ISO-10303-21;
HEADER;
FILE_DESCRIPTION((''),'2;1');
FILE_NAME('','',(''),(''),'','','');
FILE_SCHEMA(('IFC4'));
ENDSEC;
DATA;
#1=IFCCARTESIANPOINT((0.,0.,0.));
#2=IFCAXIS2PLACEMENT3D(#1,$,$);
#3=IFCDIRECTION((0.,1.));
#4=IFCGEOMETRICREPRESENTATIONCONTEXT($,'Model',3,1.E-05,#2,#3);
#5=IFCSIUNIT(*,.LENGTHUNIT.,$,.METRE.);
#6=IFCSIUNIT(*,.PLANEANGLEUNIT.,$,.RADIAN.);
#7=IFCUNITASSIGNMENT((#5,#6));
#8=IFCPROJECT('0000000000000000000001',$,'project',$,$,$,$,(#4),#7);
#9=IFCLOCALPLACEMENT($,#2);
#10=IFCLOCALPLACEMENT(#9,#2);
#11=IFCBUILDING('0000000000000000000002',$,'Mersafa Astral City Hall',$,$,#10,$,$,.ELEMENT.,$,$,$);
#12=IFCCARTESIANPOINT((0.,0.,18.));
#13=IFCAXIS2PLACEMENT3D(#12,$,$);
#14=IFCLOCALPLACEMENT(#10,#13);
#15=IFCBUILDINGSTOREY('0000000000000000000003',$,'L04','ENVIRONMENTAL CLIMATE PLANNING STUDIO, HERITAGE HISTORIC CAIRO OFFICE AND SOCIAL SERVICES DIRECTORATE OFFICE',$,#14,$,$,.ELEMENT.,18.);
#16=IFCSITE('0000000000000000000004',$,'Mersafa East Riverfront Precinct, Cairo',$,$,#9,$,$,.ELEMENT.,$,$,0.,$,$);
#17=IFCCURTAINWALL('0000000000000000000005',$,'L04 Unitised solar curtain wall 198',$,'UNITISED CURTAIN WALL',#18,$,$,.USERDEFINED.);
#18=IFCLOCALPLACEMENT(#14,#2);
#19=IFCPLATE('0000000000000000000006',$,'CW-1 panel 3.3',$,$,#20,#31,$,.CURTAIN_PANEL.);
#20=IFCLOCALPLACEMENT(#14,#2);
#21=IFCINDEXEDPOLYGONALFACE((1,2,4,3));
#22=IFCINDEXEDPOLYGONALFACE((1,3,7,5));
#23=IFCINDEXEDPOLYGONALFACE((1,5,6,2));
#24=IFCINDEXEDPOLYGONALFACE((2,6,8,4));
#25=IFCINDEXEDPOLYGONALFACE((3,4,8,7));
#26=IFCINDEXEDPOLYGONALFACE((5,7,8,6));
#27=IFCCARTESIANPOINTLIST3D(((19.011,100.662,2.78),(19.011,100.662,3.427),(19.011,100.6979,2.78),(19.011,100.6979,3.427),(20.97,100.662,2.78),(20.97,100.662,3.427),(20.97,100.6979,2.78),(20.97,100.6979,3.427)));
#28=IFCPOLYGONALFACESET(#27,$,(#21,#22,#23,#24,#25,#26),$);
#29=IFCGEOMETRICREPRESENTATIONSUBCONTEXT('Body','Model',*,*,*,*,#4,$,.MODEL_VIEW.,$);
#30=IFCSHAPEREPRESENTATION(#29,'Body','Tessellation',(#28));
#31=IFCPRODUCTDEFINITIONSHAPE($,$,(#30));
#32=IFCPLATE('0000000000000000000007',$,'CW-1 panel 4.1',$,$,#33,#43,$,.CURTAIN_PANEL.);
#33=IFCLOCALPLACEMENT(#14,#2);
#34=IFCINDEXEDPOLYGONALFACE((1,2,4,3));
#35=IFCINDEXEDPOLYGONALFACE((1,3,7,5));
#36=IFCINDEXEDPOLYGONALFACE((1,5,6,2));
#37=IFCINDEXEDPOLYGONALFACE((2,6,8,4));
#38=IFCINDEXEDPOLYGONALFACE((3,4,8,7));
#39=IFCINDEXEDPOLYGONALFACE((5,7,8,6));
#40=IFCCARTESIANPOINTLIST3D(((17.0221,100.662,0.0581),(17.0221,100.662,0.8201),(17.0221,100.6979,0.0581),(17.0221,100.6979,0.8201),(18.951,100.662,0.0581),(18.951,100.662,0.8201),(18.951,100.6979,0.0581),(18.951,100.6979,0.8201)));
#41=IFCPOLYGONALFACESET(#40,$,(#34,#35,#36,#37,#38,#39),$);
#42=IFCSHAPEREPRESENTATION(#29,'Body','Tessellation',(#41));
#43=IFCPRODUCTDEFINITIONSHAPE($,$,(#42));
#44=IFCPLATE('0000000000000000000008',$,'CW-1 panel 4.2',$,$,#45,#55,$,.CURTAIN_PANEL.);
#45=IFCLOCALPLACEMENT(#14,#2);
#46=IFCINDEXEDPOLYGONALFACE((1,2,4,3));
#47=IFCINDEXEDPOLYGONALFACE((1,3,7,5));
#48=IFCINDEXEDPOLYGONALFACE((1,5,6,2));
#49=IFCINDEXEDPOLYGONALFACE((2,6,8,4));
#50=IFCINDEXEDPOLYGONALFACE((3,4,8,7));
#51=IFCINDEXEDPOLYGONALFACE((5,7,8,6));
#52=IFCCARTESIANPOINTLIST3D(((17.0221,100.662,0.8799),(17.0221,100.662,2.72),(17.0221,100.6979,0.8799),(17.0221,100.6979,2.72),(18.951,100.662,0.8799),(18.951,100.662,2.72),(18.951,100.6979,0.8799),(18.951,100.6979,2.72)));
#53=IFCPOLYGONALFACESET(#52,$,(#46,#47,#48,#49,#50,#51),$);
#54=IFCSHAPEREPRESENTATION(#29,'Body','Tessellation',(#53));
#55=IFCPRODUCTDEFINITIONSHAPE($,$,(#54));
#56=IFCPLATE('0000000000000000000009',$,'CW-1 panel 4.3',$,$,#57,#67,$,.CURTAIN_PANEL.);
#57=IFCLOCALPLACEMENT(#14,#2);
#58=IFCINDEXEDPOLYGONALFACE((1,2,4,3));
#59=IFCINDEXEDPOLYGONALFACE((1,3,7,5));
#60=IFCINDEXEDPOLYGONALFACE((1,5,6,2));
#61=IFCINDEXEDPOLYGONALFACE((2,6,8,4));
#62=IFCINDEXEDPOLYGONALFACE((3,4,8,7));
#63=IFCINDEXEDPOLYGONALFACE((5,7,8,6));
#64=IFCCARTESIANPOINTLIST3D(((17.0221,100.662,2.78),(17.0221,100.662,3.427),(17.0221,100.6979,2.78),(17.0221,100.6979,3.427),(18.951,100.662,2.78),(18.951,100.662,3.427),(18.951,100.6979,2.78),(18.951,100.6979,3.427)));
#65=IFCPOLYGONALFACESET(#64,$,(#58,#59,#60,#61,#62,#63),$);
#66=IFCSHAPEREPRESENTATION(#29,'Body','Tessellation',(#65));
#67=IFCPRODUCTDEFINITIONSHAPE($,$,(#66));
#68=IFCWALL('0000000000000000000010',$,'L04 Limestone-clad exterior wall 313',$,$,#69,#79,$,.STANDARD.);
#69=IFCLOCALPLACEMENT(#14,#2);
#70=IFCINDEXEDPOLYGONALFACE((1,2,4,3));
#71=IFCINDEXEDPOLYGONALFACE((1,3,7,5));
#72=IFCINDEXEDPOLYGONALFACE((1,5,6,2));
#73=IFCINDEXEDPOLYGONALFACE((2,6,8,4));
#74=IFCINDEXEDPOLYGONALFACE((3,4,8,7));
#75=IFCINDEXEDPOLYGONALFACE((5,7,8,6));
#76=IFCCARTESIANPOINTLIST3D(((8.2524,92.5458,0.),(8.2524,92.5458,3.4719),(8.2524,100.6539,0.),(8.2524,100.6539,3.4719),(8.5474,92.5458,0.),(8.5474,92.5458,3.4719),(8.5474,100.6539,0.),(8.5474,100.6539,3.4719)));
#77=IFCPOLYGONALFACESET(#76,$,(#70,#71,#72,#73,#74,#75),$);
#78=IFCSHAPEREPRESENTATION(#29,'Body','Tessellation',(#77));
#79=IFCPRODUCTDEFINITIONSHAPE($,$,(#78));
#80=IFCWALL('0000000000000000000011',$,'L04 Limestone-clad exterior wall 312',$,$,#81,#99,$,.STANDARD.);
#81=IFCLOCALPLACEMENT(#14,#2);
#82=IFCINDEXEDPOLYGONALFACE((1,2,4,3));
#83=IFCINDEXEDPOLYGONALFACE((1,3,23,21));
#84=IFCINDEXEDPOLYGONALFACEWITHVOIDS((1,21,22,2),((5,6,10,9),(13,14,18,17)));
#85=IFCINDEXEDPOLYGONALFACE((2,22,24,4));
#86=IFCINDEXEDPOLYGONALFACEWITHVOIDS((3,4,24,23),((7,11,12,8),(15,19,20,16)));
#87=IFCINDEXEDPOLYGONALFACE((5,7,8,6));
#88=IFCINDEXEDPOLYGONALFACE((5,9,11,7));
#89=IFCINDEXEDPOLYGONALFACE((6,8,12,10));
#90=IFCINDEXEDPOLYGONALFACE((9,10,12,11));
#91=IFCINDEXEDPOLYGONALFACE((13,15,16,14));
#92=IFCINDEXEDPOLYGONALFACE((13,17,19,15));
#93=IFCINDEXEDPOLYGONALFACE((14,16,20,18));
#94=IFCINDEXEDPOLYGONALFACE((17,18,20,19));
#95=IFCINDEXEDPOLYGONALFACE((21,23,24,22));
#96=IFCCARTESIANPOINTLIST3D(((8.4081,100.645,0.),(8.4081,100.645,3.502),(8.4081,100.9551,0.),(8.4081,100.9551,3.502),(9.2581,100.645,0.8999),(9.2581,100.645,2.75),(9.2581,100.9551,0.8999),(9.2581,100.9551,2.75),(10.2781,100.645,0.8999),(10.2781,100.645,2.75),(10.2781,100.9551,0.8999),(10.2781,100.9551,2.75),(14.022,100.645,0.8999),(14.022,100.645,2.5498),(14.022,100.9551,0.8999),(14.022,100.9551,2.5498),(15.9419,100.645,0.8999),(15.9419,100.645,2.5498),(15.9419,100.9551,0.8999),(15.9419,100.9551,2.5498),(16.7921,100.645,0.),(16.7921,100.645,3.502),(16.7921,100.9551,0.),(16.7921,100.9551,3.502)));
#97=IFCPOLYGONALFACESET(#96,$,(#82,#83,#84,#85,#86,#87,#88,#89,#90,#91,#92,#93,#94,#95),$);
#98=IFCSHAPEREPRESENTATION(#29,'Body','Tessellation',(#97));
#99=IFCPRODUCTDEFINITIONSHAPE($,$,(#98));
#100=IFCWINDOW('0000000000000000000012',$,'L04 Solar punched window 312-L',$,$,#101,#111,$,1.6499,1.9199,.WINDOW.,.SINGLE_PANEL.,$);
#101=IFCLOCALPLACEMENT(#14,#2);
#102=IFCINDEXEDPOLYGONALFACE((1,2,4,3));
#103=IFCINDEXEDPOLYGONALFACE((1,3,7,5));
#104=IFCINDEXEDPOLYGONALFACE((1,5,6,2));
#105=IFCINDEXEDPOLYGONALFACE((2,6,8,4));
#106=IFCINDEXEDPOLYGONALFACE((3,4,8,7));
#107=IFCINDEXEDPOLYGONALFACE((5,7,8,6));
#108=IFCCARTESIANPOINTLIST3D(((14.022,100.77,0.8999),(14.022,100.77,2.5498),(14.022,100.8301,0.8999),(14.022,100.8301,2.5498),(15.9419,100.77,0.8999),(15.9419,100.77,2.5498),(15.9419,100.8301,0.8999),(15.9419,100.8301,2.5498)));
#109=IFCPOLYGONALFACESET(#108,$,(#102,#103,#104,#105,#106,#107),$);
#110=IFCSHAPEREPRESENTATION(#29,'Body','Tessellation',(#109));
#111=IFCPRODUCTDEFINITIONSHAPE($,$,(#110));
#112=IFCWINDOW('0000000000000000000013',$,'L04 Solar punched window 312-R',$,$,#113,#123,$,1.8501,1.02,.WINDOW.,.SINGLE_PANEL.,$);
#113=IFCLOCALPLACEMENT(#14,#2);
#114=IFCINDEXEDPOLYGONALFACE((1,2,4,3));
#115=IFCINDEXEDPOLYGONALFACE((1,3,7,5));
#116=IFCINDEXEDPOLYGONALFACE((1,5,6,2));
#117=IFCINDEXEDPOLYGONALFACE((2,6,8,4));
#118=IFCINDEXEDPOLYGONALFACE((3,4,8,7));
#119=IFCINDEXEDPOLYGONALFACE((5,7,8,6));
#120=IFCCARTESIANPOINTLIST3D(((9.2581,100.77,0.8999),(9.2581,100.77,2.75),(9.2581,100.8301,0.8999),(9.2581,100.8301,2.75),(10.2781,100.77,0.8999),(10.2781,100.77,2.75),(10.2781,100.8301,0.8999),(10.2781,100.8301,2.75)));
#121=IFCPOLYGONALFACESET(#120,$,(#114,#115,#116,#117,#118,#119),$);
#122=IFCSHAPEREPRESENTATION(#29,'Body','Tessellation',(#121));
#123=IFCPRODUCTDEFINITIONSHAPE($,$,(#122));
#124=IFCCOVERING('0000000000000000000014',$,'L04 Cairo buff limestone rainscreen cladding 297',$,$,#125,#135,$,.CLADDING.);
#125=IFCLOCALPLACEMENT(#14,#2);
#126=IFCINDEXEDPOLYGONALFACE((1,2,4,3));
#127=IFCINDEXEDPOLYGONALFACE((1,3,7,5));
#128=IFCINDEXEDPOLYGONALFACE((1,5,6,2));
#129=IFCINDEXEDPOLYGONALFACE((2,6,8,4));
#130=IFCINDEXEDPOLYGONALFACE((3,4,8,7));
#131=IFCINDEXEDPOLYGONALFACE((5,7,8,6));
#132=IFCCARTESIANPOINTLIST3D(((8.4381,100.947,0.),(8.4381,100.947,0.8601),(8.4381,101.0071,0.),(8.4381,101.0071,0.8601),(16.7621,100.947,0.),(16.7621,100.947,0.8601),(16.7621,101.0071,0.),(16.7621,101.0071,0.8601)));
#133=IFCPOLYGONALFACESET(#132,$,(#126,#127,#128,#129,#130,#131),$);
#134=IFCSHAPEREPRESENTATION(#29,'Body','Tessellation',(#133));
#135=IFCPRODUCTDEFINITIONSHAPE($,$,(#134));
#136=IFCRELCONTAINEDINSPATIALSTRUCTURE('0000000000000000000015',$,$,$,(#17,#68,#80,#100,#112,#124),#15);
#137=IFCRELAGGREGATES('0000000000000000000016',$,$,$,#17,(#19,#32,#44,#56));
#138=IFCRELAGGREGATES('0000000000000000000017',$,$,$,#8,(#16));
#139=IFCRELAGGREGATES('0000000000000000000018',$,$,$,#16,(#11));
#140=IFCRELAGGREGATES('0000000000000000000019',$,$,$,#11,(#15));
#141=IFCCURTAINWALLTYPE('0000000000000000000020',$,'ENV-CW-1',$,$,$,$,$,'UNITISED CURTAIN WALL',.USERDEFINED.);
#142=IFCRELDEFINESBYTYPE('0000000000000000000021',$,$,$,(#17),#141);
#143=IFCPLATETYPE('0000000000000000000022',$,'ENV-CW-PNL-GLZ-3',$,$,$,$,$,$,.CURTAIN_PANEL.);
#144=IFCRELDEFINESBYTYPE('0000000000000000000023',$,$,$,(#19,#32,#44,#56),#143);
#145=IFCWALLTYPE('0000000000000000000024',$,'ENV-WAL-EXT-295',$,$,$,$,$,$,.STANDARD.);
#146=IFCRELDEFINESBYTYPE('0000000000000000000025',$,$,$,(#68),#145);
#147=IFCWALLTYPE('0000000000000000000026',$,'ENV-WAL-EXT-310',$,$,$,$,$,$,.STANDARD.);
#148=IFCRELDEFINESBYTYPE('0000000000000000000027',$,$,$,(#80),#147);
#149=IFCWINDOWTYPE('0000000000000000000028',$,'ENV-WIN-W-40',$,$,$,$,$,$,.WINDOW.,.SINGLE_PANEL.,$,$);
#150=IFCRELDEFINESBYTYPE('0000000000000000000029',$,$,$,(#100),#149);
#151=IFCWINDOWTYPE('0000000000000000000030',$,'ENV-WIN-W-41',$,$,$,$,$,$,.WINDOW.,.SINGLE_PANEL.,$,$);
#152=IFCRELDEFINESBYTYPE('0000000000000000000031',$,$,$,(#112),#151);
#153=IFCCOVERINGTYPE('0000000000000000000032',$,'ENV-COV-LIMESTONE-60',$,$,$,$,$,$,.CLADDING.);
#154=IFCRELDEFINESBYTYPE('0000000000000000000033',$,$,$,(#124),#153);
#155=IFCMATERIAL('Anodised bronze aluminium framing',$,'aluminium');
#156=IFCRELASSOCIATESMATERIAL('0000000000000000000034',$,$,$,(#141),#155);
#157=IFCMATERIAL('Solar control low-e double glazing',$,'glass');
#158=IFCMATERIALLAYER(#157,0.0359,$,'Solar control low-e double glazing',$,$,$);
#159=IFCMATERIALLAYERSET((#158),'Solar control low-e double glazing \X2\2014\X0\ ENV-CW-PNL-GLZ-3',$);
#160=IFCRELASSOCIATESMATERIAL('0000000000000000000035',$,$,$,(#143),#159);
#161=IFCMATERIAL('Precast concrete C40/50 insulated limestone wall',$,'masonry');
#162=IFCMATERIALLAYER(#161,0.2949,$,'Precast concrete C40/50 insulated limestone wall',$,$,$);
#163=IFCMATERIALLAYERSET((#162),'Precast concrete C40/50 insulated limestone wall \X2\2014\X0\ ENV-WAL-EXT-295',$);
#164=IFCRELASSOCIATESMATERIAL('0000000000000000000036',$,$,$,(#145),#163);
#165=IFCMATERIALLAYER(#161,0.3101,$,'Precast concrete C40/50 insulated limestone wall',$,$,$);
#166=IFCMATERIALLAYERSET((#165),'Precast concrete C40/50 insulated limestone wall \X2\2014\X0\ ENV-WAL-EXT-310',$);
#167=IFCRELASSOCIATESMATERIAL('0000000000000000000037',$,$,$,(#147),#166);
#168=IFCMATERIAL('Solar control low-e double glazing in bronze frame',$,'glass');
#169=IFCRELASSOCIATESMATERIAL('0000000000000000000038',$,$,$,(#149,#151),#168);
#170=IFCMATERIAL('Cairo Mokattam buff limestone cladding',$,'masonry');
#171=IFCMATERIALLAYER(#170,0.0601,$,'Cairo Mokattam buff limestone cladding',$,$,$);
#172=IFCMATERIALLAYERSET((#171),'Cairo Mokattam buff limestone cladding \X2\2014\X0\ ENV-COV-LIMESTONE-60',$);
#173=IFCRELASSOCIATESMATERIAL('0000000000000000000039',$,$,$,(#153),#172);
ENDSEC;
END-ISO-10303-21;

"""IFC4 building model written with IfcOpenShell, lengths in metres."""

from ifc_helpers import new_model, si_unit, direction, frame, frame_2d, origin, origin_2d, place, context, subcontext, project, spatial, rectangle, extrude, material, layer, layer_set, type_object, element, fill, aggregate, save


model = new_model("IFC4")

# Units and contexts
model_context = context("Model", 3, precision=1e-05, world=origin(), true_north=direction((0.0, 1.0)))
body_context = subcontext(model_context, "Body", "Model", "MODEL_VIEW")
ifc_project = project(units=[si_unit("LENGTHUNIT", "METRE"), si_unit("PLANEANGLEUNIT", "RADIAN")], contexts=[model_context])

# Site, building, storey
site_placement = place(None, origin())
site = spatial("IfcSite", under=ifc_project, at=site_placement, Name="Mersafa East Riverfront Precinct, Cairo", CompositionType="ELEMENT", RefElevation=0.0)
building_placement = place(site_placement, origin())
building = spatial("IfcBuilding", under=site, at=building_placement, Name="Mersafa Astral City Hall", CompositionType="ELEMENT")
storey_placement = place(building_placement, frame((0.0, 0.0, 18.0)))
storey = spatial("IfcBuildingStorey", under=building, at=storey_placement, Name="L04", Description="ENVIRONMENTAL CLIMATE PLANNING STUDIO, HERITAGE HISTORIC CAIRO OFFICE AND SOCIAL SERVICES DIRECTORATE OFFICE", CompositionType="ELEMENT", Elevation=18.0)

# Curtain wall
ifc_material_1 = material(Name="Anodised bronze aluminium framing", Category="aluminium")
curtain_wall_type = type_object("IfcCurtainWallType", Name="ENV-CW-1", ElementType="UNITISED CURTAIN WALL", PredefinedType="USERDEFINED", material=ifc_material_1)
curtain_wall_placement = place(storey_placement, origin())
curtain_wall = element("IfcCurtainWall", 1, at=curtain_wall_placement, inside=storey, type_object=curtain_wall_type, Name="L04 Unitised solar curtain wall 198", ObjectType="UNITISED CURTAIN WALL", PredefinedType="USERDEFINED")

# Plates
ifc_material_2 = material(Name="Solar control low-e double glazing", Category="glass")
ifc_layer_1 = layer(ifc_material_2, 0.0359, Name="Solar control low-e double glazing")
ifc_layer_set_1 = layer_set([ifc_layer_1], Name="Solar control low-e double glazing — ENV-CW-PNL-GLZ-3")
plate_type = type_object("IfcPlateType", Name="ENV-CW-PNL-GLZ-3", PredefinedType="CURTAIN_PANEL", material=ifc_layer_set_1)
plate_1_placement = place(storey_placement, frame((19.9905, 100.6799, 2.78), z_axis=(0.0, 0.0, 1.0), x_axis=(-1.0, 0.0, 0.0)))
plate_1 = element("IfcPlate", 2, at=plate_1_placement, type_object=plate_type, Name="CW-1 panel 3.3", PredefinedType="CURTAIN_PANEL", context=body_context, shape_type="SweptSolid", body=[
    extrude(rectangle(XDim=1.959, YDim=0.0359, at=origin_2d()), origin(), (0.0, 0.0, 1.0), 0.647),
])
plate_2_placement = place(storey_placement, frame((17.9866, 100.6799, 0.0581), z_axis=(0.0, 0.0, 1.0), x_axis=(-1.0, 0.0, 0.0)))
plate_2 = element("IfcPlate", 3, at=plate_2_placement, type_object=plate_type, Name="CW-1 panel 4.1", PredefinedType="CURTAIN_PANEL", context=body_context, shape_type="SweptSolid", body=[
    extrude(rectangle(XDim=1.929, YDim=0.0359, at=origin_2d()), origin(), (0.0, 0.0, 1.0), 0.762),
])
plate_3_placement = place(storey_placement, frame((17.9866, 100.6799, 0.8799), z_axis=(0.0, 0.0, 1.0), x_axis=(-1.0, 0.0, 0.0)))
plate_3 = element("IfcPlate", 4, at=plate_3_placement, type_object=plate_type, Name="CW-1 panel 4.2", PredefinedType="CURTAIN_PANEL", context=body_context, shape_type="SweptSolid", body=[
    extrude(rectangle(XDim=1.929, YDim=0.0359, at=origin_2d()), origin(), (0.0, 0.0, 1.0), 1.8401),
])
plate_4_placement = place(storey_placement, frame((17.9866, 100.6799, 2.78), z_axis=(0.0, 0.0, 1.0), x_axis=(-1.0, 0.0, 0.0)))
plate_4 = element("IfcPlate", 5, at=plate_4_placement, type_object=plate_type, Name="CW-1 panel 4.3", PredefinedType="CURTAIN_PANEL", context=body_context, shape_type="SweptSolid", body=[
    extrude(rectangle(XDim=1.929, YDim=0.0359, at=origin_2d()), origin(), (0.0, 0.0, 1.0), 0.647),
])
aggregate(curtain_wall, [plate_1, plate_2, plate_3, plate_4])

# Wall
ifc_material_3 = material(Name="Precast concrete C40/50 insulated limestone wall", Category="masonry")
ifc_layer_2 = layer(ifc_material_3, 0.2949, Name="Precast concrete C40/50 insulated limestone wall")
ifc_layer_set_2 = layer_set([ifc_layer_2], Name="Precast concrete C40/50 insulated limestone wall — ENV-WAL-EXT-295")
wall_type_1 = type_object("IfcWallType", Name="ENV-WAL-EXT-295", PredefinedType="STANDARD", material=ifc_layer_set_2)
wall_1_placement = place(storey_placement, frame((8.3999, 100.6541, 0.0), z_axis=(0.0, 0.0, 1.0), x_axis=(0.0, -1.0, 0.0)))
element("IfcWall", 6, at=wall_1_placement, inside=storey, type_object=wall_type_1, Name="L04 Limestone-clad exterior wall 313", PredefinedType="STANDARD", context=body_context, shape_type="SweptSolid", body=[
    extrude(rectangle(XDim=8.1082, YDim=0.2949, at=frame_2d((4.0542, 0.0))), origin(), (0.0, 0.0, 1.0), 3.4719),
])

# Wall, openings, windows
ifc_layer_3 = layer(ifc_material_3, 0.3101, Name="Precast concrete C40/50 insulated limestone wall")
ifc_layer_set_3 = layer_set([ifc_layer_3], Name="Precast concrete C40/50 insulated limestone wall — ENV-WAL-EXT-310")
wall_type_2 = type_object("IfcWallType", Name="ENV-WAL-EXT-310", PredefinedType="STANDARD", material=ifc_layer_set_3)
wall_2_placement = place(storey_placement, frame((16.792, 100.8, 0.0), z_axis=(0.0, 0.0, 1.0), x_axis=(-1.0, 0.0, 0.0)))
wall_2 = element("IfcWall", 7, at=wall_2_placement, inside=storey, type_object=wall_type_2, Name="L04 Limestone-clad exterior wall 312", PredefinedType="STANDARD", context=body_context, shape_type="SweptSolid", body=[
    extrude(rectangle(XDim=8.384, YDim=0.3101, at=frame_2d((4.1919, 0.0))), origin(), (0.0, 0.0, 1.0), 3.502),
])
opening_1_placement = place(wall_2_placement, frame((0.8501, 0.0, 0.8999)))
opening_1 = element("IfcOpeningElement", 8, at=opening_1_placement, cuts=wall_2, PredefinedType="OPENING", context=body_context, shape_type="SweptSolid", body=[
    extrude(rectangle(XDim=1.9199, YDim=1.6499, at=frame_2d((0.96, 0.825))), frame((0.0, 0.165, 0.0), z_axis=(0.0, -1.0, 0.0), x_axis=(1.0, 0.0, 0.0)), (0.0, 0.0, 1.0), 0.3301),
])
opening_2_placement = place(wall_2_placement, frame((6.5139, 0.0, 0.8999)))
opening_2 = element("IfcOpeningElement", 9, at=opening_2_placement, cuts=wall_2, PredefinedType="OPENING", context=body_context, shape_type="SweptSolid", body=[
    extrude(rectangle(XDim=1.02, YDim=1.8501, at=frame_2d((0.51, 0.925))), frame((0.0, 0.165, 0.0), z_axis=(0.0, -1.0, 0.0), x_axis=(1.0, 0.0, 0.0)), (0.0, 0.0, 1.0), 0.3301),
])
ifc_material_4 = material(Name="Solar control low-e double glazing in bronze frame", Category="glass")
window_type_1 = type_object("IfcWindowType", Name="ENV-WIN-W-40", PartitioningType="SINGLE_PANEL", PredefinedType="WINDOW", material=ifc_material_4)
window_1_placement = place(opening_1_placement, origin())
window_1 = element("IfcWindow", 10, at=window_1_placement, inside=storey, type_object=window_type_1, Name="L04 Solar punched window 312-L", OverallHeight=1.6499, OverallWidth=1.9199, PartitioningType="SINGLE_PANEL", PredefinedType="WINDOW", context=body_context, shape_type="SweptSolid", body=[
    extrude(rectangle(XDim=1.9199, YDim=1.6499, at=frame_2d((0.96, 0.825))), frame((0.0, 0.03, 0.0), z_axis=(0.0, -1.0, 0.0), x_axis=(1.0, 0.0, 0.0)), (0.0, 0.0, 1.0), 0.0601),
])
fill(opening_1, window_1)
window_type_2 = type_object("IfcWindowType", Name="ENV-WIN-W-41", PartitioningType="SINGLE_PANEL", PredefinedType="WINDOW", material=ifc_material_4)
window_2_placement = place(opening_2_placement, origin())
window_2 = element("IfcWindow", 11, at=window_2_placement, inside=storey, type_object=window_type_2, Name="L04 Solar punched window 312-R", OverallHeight=1.8501, OverallWidth=1.02, PartitioningType="SINGLE_PANEL", PredefinedType="WINDOW", context=body_context, shape_type="SweptSolid", body=[
    extrude(rectangle(XDim=1.02, YDim=1.8501, at=frame_2d((0.51, 0.925))), frame((0.0, 0.03, 0.0), z_axis=(0.0, -1.0, 0.0), x_axis=(1.0, 0.0, 0.0)), (0.0, 0.0, 1.0), 0.0601),
])
fill(opening_2, window_2)

# Covering
ifc_material_5 = material(Name="Cairo Mokattam buff limestone cladding", Category="masonry")
ifc_layer_4 = layer(ifc_material_5, 0.0601, Name="Cairo Mokattam buff limestone cladding")
ifc_layer_set_4 = layer_set([ifc_layer_4], Name="Cairo Mokattam buff limestone cladding — ENV-COV-LIMESTONE-60")
covering_type = type_object("IfcCoveringType", Name="ENV-COV-LIMESTONE-60", PredefinedType="CLADDING", material=ifc_layer_set_4)
covering_placement = place(storey_placement, frame((12.6001, 100.9771, 0.0), z_axis=(0.0, 0.0, 1.0), x_axis=(-1.0, 0.0, 0.0)))
element("IfcCovering", 12, at=covering_placement, inside=storey, type_object=covering_type, Name="L04 Cairo buff limestone rainscreen cladding 297", PredefinedType="CLADDING", context=body_context, shape_type="SweptSolid", body=[
    extrude(rectangle(XDim=8.324, YDim=0.0601, at=origin_2d()), origin(), (0.0, 0.0, 1.0), 0.8601),
])

save(model, "model.ifc")
